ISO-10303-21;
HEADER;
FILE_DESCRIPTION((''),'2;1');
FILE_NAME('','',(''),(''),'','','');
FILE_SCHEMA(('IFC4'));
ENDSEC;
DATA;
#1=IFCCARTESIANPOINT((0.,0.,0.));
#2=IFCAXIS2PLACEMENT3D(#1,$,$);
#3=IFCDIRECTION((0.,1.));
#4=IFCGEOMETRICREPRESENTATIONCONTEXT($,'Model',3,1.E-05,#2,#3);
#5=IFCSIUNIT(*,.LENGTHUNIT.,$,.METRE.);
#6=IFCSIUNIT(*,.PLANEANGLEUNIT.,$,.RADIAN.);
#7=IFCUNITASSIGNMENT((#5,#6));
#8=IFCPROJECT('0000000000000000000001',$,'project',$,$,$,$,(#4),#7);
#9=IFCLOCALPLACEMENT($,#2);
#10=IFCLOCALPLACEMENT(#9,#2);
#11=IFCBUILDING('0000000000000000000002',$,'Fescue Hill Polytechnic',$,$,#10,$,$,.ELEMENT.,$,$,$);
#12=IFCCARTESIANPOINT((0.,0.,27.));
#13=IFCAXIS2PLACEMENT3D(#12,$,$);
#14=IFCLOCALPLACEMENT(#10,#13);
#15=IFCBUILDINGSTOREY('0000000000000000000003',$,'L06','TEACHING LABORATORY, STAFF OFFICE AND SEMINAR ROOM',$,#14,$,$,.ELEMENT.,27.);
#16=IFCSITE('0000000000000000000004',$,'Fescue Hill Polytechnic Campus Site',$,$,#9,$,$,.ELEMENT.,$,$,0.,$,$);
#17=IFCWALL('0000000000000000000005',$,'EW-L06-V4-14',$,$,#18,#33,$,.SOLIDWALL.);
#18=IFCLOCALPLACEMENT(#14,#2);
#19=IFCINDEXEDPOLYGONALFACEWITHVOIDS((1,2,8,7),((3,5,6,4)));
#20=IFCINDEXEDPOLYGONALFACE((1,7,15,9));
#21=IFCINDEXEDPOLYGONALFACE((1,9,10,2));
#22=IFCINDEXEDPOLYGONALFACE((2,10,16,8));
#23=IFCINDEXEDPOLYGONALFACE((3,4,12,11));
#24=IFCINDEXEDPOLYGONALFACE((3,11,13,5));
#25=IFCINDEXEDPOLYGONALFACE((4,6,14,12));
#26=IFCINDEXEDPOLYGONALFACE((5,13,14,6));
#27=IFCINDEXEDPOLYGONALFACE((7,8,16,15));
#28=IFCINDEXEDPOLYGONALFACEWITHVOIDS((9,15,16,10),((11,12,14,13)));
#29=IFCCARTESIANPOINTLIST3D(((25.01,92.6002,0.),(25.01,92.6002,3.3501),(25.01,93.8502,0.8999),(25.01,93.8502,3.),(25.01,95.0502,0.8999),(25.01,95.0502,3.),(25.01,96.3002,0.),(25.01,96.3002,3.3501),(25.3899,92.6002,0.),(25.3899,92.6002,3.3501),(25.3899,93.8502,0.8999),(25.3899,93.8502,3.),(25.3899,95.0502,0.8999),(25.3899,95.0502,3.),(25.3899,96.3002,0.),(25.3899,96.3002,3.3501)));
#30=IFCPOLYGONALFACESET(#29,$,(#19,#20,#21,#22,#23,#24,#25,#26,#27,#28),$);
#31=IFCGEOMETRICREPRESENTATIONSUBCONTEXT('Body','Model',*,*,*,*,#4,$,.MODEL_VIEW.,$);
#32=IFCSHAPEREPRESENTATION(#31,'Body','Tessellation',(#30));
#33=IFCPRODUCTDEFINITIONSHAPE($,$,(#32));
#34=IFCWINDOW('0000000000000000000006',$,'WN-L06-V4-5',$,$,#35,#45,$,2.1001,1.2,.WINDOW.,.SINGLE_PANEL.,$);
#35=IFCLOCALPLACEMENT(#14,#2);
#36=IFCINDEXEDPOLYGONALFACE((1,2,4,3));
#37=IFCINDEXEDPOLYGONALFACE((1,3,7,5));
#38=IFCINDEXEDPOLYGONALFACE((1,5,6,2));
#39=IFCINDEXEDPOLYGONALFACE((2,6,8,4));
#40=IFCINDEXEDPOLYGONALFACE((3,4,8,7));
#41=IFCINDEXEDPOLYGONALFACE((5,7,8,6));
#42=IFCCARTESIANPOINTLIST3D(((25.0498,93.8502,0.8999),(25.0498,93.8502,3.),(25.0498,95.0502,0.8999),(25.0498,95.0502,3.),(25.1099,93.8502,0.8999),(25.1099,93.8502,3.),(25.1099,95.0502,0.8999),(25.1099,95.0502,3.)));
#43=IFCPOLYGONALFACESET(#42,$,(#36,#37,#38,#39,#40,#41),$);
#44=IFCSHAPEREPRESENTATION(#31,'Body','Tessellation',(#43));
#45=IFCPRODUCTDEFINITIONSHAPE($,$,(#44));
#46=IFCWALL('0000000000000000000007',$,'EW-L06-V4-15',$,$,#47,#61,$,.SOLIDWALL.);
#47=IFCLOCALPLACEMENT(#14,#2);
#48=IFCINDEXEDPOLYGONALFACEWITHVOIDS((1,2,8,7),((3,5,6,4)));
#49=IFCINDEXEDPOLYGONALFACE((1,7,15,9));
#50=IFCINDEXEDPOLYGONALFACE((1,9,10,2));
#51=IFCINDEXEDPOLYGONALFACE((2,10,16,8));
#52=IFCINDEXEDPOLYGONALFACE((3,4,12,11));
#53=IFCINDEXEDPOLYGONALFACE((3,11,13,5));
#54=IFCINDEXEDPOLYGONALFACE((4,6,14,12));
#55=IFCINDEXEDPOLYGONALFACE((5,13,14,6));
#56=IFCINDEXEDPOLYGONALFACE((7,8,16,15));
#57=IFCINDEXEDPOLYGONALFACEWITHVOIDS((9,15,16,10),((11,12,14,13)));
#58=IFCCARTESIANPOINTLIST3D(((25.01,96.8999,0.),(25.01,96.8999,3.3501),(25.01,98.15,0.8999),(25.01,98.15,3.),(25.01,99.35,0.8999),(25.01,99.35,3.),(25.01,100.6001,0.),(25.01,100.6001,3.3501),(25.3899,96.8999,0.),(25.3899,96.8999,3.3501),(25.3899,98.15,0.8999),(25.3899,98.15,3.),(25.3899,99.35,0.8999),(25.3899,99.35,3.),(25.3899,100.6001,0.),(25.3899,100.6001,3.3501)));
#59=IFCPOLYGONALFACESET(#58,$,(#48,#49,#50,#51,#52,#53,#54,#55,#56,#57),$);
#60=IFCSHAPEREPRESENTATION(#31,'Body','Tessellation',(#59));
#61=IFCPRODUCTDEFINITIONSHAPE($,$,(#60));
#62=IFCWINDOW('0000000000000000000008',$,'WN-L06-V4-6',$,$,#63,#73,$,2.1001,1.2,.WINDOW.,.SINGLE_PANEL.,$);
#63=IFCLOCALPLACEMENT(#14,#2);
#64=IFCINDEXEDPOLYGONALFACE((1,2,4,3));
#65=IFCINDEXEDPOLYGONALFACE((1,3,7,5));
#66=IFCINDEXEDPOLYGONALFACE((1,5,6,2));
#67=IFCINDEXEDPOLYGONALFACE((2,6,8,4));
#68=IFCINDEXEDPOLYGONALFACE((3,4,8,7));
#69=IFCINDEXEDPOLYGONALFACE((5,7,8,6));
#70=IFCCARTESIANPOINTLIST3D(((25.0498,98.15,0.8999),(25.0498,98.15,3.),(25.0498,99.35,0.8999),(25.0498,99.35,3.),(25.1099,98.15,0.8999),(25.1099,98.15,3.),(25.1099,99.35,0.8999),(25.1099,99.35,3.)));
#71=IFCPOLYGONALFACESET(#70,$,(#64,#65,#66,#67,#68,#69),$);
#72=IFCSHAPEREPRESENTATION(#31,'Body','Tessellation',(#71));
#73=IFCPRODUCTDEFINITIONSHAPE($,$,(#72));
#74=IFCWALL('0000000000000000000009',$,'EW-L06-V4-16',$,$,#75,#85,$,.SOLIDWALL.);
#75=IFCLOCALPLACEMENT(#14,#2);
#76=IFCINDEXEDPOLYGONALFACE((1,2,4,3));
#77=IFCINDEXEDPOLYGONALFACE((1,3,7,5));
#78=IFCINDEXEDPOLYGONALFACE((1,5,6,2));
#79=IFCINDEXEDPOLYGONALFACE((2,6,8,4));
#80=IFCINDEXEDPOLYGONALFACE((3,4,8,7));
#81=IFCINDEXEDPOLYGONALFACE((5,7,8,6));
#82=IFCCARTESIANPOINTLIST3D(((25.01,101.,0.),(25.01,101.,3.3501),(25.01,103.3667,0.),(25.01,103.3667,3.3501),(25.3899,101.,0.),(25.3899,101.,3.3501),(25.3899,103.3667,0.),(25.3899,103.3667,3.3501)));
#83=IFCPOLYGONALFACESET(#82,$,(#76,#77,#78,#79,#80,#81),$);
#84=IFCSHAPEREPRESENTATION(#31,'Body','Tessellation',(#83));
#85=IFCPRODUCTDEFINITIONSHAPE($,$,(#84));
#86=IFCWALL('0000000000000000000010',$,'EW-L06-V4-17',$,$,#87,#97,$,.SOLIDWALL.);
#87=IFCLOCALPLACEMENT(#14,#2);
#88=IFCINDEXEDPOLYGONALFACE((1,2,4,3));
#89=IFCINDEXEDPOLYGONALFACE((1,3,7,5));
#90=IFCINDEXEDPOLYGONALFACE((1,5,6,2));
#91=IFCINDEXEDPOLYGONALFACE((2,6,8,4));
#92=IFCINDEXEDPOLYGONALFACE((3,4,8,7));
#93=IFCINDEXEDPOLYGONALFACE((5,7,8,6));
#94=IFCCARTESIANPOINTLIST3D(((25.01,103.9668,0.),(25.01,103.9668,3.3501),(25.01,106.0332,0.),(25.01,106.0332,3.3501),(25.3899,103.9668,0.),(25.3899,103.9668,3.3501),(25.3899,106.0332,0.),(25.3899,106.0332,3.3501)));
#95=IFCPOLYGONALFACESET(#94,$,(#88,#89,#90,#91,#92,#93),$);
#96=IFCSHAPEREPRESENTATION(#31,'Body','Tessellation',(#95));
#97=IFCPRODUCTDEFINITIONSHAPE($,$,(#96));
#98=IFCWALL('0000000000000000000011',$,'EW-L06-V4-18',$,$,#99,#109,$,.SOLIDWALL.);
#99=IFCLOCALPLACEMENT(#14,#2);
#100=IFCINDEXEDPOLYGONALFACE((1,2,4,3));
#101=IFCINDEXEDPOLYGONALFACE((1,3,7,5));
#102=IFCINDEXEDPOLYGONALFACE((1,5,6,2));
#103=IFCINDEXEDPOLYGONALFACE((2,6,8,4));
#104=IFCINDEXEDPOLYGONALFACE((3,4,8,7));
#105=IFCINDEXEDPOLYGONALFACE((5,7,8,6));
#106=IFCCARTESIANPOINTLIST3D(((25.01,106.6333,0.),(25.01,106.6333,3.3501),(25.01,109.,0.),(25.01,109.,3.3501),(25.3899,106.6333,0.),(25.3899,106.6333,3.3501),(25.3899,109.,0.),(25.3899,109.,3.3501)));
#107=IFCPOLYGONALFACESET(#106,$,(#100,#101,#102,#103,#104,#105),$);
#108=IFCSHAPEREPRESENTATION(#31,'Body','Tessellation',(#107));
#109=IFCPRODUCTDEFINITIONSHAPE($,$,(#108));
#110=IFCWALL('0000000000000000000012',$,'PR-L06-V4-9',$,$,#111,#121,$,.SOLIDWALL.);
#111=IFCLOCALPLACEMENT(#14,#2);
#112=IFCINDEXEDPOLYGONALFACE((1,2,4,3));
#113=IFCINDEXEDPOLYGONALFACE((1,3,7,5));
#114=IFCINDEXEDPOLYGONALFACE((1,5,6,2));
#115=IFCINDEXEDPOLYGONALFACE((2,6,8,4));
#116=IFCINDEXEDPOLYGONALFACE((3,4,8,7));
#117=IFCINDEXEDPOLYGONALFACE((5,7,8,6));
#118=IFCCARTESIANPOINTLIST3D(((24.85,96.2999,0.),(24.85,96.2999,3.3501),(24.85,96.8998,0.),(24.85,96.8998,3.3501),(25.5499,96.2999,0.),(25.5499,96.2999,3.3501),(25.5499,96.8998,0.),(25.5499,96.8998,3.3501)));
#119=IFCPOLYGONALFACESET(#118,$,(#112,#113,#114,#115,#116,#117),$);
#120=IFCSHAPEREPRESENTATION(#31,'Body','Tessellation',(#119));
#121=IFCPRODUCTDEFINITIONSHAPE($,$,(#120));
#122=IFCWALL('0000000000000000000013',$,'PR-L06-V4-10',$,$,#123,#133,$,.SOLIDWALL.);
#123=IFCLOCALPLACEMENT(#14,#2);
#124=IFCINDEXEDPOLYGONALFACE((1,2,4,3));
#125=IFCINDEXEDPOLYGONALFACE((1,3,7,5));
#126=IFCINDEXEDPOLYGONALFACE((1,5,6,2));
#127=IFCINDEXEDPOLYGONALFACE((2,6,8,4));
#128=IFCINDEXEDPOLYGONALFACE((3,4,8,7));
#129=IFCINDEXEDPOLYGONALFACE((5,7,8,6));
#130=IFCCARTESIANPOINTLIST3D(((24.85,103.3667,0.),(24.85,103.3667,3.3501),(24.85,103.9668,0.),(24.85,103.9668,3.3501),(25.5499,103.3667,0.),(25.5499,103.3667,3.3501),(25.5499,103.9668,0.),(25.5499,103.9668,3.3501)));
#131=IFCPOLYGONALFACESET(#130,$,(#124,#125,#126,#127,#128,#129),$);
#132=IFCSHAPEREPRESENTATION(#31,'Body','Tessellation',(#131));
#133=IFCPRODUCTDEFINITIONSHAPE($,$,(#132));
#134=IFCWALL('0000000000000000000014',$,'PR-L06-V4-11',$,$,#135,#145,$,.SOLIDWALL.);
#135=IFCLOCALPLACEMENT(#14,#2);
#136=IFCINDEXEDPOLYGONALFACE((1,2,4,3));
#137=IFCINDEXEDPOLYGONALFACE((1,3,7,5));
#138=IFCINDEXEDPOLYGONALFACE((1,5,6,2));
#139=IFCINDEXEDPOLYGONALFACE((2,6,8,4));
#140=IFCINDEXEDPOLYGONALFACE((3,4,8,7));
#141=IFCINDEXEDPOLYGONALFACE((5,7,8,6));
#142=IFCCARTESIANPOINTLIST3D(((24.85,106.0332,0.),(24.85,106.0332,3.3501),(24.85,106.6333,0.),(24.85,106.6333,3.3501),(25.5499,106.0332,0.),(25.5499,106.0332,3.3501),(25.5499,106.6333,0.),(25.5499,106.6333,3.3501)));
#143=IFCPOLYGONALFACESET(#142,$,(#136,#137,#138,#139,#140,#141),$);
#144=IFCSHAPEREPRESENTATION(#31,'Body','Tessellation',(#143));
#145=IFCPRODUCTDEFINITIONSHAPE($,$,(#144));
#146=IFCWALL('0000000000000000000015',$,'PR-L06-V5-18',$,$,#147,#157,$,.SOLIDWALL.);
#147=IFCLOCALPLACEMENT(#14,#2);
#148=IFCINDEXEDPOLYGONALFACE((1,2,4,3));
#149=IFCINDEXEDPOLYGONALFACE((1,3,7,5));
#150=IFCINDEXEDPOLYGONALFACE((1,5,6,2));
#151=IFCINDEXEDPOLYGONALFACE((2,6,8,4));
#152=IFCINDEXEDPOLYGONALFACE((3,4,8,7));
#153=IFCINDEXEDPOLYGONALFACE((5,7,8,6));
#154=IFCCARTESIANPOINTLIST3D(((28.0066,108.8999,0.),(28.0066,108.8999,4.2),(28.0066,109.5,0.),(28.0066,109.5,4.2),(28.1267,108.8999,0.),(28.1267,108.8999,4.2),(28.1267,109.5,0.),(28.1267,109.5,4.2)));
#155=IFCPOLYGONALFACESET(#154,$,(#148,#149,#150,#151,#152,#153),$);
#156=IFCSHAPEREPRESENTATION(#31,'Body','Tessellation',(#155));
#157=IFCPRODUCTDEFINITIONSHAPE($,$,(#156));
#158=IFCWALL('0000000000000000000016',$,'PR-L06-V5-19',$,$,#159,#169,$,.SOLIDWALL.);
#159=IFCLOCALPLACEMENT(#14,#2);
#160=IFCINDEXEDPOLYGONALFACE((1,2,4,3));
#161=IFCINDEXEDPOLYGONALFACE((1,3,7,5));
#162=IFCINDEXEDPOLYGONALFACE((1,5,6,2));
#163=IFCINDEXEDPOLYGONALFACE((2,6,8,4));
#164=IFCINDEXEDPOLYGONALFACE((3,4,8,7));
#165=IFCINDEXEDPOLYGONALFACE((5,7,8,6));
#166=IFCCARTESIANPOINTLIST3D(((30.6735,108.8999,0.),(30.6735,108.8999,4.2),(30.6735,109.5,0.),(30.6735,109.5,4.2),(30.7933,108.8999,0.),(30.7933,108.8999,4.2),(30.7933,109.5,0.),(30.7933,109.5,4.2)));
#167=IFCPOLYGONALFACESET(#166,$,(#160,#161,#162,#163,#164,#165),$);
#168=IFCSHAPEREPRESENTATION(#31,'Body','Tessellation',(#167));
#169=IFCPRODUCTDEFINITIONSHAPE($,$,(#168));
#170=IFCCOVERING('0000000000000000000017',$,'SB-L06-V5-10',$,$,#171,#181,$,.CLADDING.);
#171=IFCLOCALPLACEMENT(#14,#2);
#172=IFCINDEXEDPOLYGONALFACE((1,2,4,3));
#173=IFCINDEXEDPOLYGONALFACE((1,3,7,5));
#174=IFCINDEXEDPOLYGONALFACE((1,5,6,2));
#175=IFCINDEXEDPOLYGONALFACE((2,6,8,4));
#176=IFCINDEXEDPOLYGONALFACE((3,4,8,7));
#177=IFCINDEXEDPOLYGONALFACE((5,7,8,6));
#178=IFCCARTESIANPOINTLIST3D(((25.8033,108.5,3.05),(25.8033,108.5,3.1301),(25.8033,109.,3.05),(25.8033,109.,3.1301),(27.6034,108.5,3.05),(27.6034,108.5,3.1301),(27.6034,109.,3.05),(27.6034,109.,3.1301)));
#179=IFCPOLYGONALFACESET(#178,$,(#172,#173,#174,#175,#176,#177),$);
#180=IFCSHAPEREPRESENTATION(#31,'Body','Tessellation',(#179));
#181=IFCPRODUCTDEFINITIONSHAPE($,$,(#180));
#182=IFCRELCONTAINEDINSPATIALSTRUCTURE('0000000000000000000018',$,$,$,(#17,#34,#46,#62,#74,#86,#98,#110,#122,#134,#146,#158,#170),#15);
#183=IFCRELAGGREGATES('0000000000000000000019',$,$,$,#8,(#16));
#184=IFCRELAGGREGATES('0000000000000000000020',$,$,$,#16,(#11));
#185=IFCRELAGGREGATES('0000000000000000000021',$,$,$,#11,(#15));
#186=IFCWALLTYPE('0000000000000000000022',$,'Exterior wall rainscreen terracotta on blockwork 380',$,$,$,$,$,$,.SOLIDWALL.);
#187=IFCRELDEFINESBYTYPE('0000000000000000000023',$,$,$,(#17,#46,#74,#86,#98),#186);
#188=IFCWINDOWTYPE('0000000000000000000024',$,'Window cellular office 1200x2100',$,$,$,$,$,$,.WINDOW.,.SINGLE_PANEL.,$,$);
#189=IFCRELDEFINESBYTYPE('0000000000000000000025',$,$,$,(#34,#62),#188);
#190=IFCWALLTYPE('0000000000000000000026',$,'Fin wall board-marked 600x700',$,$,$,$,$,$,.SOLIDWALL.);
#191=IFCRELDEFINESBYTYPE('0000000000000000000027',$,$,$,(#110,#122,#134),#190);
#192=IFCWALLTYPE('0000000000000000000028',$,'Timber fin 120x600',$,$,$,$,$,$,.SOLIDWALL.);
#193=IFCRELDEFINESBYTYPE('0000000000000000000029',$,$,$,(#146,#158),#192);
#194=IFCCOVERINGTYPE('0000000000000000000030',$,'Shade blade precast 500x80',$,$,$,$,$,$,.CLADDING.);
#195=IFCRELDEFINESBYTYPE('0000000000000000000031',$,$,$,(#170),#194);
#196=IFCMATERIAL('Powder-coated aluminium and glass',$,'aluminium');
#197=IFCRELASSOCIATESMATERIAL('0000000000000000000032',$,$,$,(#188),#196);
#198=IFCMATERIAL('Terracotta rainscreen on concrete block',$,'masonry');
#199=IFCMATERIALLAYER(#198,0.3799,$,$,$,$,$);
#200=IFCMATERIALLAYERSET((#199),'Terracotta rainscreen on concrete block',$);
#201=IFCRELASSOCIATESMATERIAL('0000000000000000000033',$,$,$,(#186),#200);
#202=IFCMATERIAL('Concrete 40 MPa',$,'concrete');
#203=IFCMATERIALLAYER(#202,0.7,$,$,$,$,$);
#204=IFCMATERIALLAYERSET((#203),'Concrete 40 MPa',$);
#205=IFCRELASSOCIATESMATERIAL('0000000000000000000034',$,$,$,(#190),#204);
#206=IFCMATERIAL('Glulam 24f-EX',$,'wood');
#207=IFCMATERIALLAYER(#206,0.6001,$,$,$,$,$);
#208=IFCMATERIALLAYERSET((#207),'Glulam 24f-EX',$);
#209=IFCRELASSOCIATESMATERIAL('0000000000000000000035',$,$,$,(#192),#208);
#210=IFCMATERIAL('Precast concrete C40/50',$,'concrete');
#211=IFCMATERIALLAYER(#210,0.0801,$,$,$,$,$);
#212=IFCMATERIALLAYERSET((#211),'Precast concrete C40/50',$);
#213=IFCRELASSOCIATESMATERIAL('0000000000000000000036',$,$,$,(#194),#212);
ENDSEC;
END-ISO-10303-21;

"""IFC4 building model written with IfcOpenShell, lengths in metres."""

from ifc_helpers import new_model, si_unit, direction, frame, frame_2d, origin, origin_2d, place, context, subcontext, project, spatial, rectangle, extrude, material, layer, layer_set, type_object, element, fill, save


model = new_model("IFC4")

# Units and contexts
model_context = context("Model", 3, precision=1e-05, world=origin(), true_north=direction((0.0, 1.0)))
body_context = subcontext(model_context, "Body", "Model", "MODEL_VIEW")
ifc_project = project(units=[si_unit("LENGTHUNIT", "METRE"), si_unit("PLANEANGLEUNIT", "RADIAN")], contexts=[model_context])

# Site, building, storey
site_placement = place(None, origin())
site = spatial("IfcSite", under=ifc_project, at=site_placement, Name="Fescue Hill Polytechnic Campus Site", CompositionType="ELEMENT", RefElevation=0.0)
building_placement = place(site_placement, origin())
building = spatial("IfcBuilding", under=site, at=building_placement, Name="Fescue Hill Polytechnic", CompositionType="ELEMENT")
storey_placement = place(building_placement, frame((0.0, 0.0, 27.0)))
storey = spatial("IfcBuildingStorey", under=building, at=storey_placement, Name="L06", Description="TEACHING LABORATORY, STAFF OFFICE AND SEMINAR ROOM", CompositionType="ELEMENT", Elevation=27.0)

# Shared definitions
ifc_material_1 = material(Name="Concrete 40 MPa", Category="concrete")

# Walls, openings, windows
ifc_material_2 = material(Name="Powder-coated aluminium and glass", Category="aluminium")
window_type = type_object("IfcWindowType", Name="Window cellular office 1200x2100", PartitioningType="SINGLE_PANEL", PredefinedType="WINDOW", material=ifc_material_2)
ifc_material_3 = material(Name="Terracotta rainscreen on concrete block", Category="masonry")
ifc_layer_1 = layer(ifc_material_3, 0.3799)
ifc_layer_set_1 = layer_set([ifc_layer_1], Name="Terracotta rainscreen on concrete block")
wall_type_1 = type_object("IfcWallType", Name="Exterior wall rainscreen terracotta on blockwork 380", PredefinedType="SOLIDWALL", material=ifc_layer_set_1)
wall_1_placement = place(storey_placement, frame((25.2, 92.6001, 0.0), z_axis=(0.0, 0.0, 1.0), x_axis=(0.0, 1.0, 0.0)))
wall_1 = element("IfcWall", 1, at=wall_1_placement, inside=storey, type_object=wall_type_1, Name="EW-L06-V4-14", PredefinedType="SOLIDWALL", context=body_context, shape_type="SweptSolid", body=[
    extrude(rectangle(XDim=3.7, YDim=0.3799, at=frame_2d((1.8501, 0.0))), origin(), (0.0, 0.0, 1.0), 3.3501),
])
opening_1_placement = place(wall_1_placement, frame((1.25, 0.0, 0.8999)))
opening_1 = element("IfcOpeningElement", 2, at=opening_1_placement, cuts=wall_1, PredefinedType="OPENING", context=body_context, shape_type="SweptSolid", body=[
    extrude(rectangle(XDim=1.2, YDim=2.1001, at=frame_2d((0.6001, 1.05))), frame((0.0, 0.2, 0.0), z_axis=(0.0, -1.0, 0.0), x_axis=(1.0, 0.0, 0.0)), (0.0, 0.0, 1.0), 0.3999),
])
window_1_placement = place(opening_1_placement, origin())
window_1 = element("IfcWindow", 3, at=window_1_placement, inside=storey, type_object=window_type, Name="WN-L06-V4-5", OverallHeight=2.1001, OverallWidth=1.2, PartitioningType="SINGLE_PANEL", PredefinedType="WINDOW", context=body_context, shape_type="SweptSolid", body=[
    extrude(rectangle(XDim=1.2, YDim=2.1001, at=frame_2d((0.6001, 1.05))), frame((0.0, 0.1501, 0.0), z_axis=(0.0, -1.0, 0.0), x_axis=(1.0, 0.0, 0.0)), (0.0, 0.0, 1.0), 0.0601),
])
fill(opening_1, window_1)
wall_2_placement = place(storey_placement, frame((25.2, 96.8999, 0.0), z_axis=(0.0, 0.0, 1.0), x_axis=(0.0, 1.0, 0.0)))
wall_2 = element("IfcWall", 4, at=wall_2_placement, inside=storey, type_object=wall_type_1, Name="EW-L06-V4-15", PredefinedType="SOLIDWALL", context=body_context, shape_type="SweptSolid", body=[
    extrude(rectangle(XDim=3.7002, YDim=0.3799, at=frame_2d((1.8501, 0.0))), origin(), (0.0, 0.0, 1.0), 3.3501),
])
opening_2_placement = place(wall_2_placement, frame((1.25, 0.0, 0.8999)))
opening_2 = element("IfcOpeningElement", 5, at=opening_2_placement, cuts=wall_2, PredefinedType="OPENING", context=body_context, shape_type="SweptSolid", body=[
    extrude(rectangle(XDim=1.2, YDim=2.1001, at=frame_2d((0.6001, 1.05))), frame((0.0, 0.2, 0.0), z_axis=(0.0, -1.0, 0.0), x_axis=(1.0, 0.0, 0.0)), (0.0, 0.0, 1.0), 0.3999),
])
window_2_placement = place(opening_2_placement, origin())
window_2 = element("IfcWindow", 6, at=window_2_placement, inside=storey, type_object=window_type, Name="WN-L06-V4-6", OverallHeight=2.1001, OverallWidth=1.2, PartitioningType="SINGLE_PANEL", PredefinedType="WINDOW", context=body_context, shape_type="SweptSolid", body=[
    extrude(rectangle(XDim=1.2, YDim=2.1001, at=frame_2d((0.6001, 1.05))), frame((0.0, 0.1501, 0.0), z_axis=(0.0, -1.0, 0.0), x_axis=(1.0, 0.0, 0.0)), (0.0, 0.0, 1.0), 0.0601),
])
fill(opening_2, window_2)

# Walls
wall_3_placement = place(storey_placement, frame((25.2, 101.0, 0.0), z_axis=(0.0, 0.0, 1.0), x_axis=(0.0, 1.0, 0.0)))
element("IfcWall", 7, at=wall_3_placement, inside=storey, type_object=wall_type_1, Name="EW-L06-V4-16", PredefinedType="SOLIDWALL", context=body_context, shape_type="SweptSolid", body=[
    extrude(rectangle(XDim=2.3667, YDim=0.3799, at=frame_2d((1.1833, 0.0))), origin(), (0.0, 0.0, 1.0), 3.3501),
])
wall_4_placement = place(storey_placement, frame((25.2, 103.9668, 0.0), z_axis=(0.0, 0.0, 1.0), x_axis=(0.0, 1.0, 0.0)))
element("IfcWall", 8, at=wall_4_placement, inside=storey, type_object=wall_type_1, Name="EW-L06-V4-17", PredefinedType="SOLIDWALL", context=body_context, shape_type="SweptSolid", body=[
    extrude(rectangle(XDim=2.0664, YDim=0.3799, at=frame_2d((1.0332, 0.0))), origin(), (0.0, 0.0, 1.0), 3.3501),
])
wall_5_placement = place(storey_placement, frame((25.2, 106.6333, 0.0), z_axis=(0.0, 0.0, 1.0), x_axis=(0.0, 1.0, 0.0)))
element("IfcWall", 9, at=wall_5_placement, inside=storey, type_object=wall_type_1, Name="EW-L06-V4-18", PredefinedType="SOLIDWALL", context=body_context, shape_type="SweptSolid", body=[
    extrude(rectangle(XDim=2.3667, YDim=0.3799, at=frame_2d((1.1833, 0.0))), origin(), (0.0, 0.0, 1.0), 3.3501),
])
ifc_layer_2 = layer(ifc_material_1, 0.7)
ifc_layer_set_2 = layer_set([ifc_layer_2], Name="Concrete 40 MPa")
wall_type_2 = type_object("IfcWallType", Name="Fin wall board-marked 600x700", PredefinedType="SOLIDWALL", material=ifc_layer_set_2)
wall_6_placement = place(storey_placement, frame((25.2, 96.3, 0.0), z_axis=(0.0, 0.0, 1.0), x_axis=(0.0, 1.0, 0.0)))
element("IfcWall", 10, at=wall_6_placement, inside=storey, type_object=wall_type_2, Name="PR-L06-V4-9", PredefinedType="SOLIDWALL", context=body_context, shape_type="SweptSolid", body=[
    extrude(rectangle(XDim=0.5999, YDim=0.7, at=frame_2d((0.2998, 0.0))), origin(), (0.0, 0.0, 1.0), 3.3501),
])
for number, where, z_axis, x_axis, name in (
    (11, (25.2, 103.3667, 0.0), (0.0, 0.0, 1.0), (0.0, 1.0, 0.0), "PR-L06-V4-10"),
    (12, (25.2, 106.0332, 0.0), (0.0, 0.0, 1.0), (0.0, 1.0, 0.0), "PR-L06-V4-11"),
):
    element("IfcWall", number, at=place(storey_placement, frame(where, z_axis=z_axis, x_axis=x_axis)), inside=storey, type_object=wall_type_2, Name=name, PredefinedType="SOLIDWALL", context=body_context, shape_type="SweptSolid", body=[
        extrude(rectangle(XDim=0.6001, YDim=0.7, at=frame_2d((0.3, 0.0))), origin(), (0.0, 0.0, 1.0), 3.3501),
    ])
ifc_material_4 = material(Name="Glulam 24f-EX", Category="wood")
ifc_layer_3 = layer(ifc_material_4, 0.6001)
ifc_layer_set_3 = layer_set([ifc_layer_3], Name="Glulam 24f-EX")
wall_type_3 = type_object("IfcWallType", Name="Timber fin 120x600", PredefinedType="SOLIDWALL", material=ifc_layer_set_3)
wall_7_placement = place(storey_placement, frame((28.0066, 109.2, 0.0), z_axis=(0.0, 0.0, 1.0), x_axis=(1.0, 0.0, 0.0)))
element("IfcWall", 13, at=wall_7_placement, inside=storey, type_object=wall_type_3, Name="PR-L06-V5-18", PredefinedType="SOLIDWALL", context=body_context, shape_type="SweptSolid", body=[
    extrude(rectangle(XDim=0.1201, YDim=0.6001, at=frame_2d((0.0601, 0.0))), origin(), (0.0, 0.0, 1.0), 4.2),
])
wall_8_placement = place(storey_placement, frame((30.6733, 109.2, 0.0), z_axis=(0.0, 0.0, 1.0), x_axis=(1.0, 0.0, 0.0)))
element("IfcWall", 14, at=wall_8_placement, inside=storey, type_object=wall_type_3, Name="PR-L06-V5-19", PredefinedType="SOLIDWALL", context=body_context, shape_type="SweptSolid", body=[
    extrude(rectangle(XDim=0.1199, YDim=0.6001, at=frame_2d((0.0601, 0.0))), origin(), (0.0, 0.0, 1.0), 4.2),
])

# Covering
ifc_material_5 = material(Name="Precast concrete C40/50", Category="concrete")
ifc_layer_4 = layer(ifc_material_5, 0.0801)
ifc_layer_set_4 = layer_set([ifc_layer_4], Name="Precast concrete C40/50")
covering_type = type_object("IfcCoveringType", Name="Shade blade precast 500x80", PredefinedType="CLADDING", material=ifc_layer_set_4)
for number, where, z_axis, x_axis, name in (
    (15, (26.7034, 108.75, 3.05), (0.0, 0.0, 1.0), (1.0, 0.0, 0.0), "SB-L06-V5-10"),
):
    element("IfcCovering", number, at=place(storey_placement, frame(where, z_axis=z_axis, x_axis=x_axis)), inside=storey, type_object=covering_type, Name=name, PredefinedType="CLADDING", context=body_context, shape_type="SweptSolid", body=[
        extrude(rectangle(XDim=1.8, YDim=0.5, at=origin_2d()), origin(), (0.0, 0.0, 1.0), 0.0801),
    ])

save(model, "model.ifc")
